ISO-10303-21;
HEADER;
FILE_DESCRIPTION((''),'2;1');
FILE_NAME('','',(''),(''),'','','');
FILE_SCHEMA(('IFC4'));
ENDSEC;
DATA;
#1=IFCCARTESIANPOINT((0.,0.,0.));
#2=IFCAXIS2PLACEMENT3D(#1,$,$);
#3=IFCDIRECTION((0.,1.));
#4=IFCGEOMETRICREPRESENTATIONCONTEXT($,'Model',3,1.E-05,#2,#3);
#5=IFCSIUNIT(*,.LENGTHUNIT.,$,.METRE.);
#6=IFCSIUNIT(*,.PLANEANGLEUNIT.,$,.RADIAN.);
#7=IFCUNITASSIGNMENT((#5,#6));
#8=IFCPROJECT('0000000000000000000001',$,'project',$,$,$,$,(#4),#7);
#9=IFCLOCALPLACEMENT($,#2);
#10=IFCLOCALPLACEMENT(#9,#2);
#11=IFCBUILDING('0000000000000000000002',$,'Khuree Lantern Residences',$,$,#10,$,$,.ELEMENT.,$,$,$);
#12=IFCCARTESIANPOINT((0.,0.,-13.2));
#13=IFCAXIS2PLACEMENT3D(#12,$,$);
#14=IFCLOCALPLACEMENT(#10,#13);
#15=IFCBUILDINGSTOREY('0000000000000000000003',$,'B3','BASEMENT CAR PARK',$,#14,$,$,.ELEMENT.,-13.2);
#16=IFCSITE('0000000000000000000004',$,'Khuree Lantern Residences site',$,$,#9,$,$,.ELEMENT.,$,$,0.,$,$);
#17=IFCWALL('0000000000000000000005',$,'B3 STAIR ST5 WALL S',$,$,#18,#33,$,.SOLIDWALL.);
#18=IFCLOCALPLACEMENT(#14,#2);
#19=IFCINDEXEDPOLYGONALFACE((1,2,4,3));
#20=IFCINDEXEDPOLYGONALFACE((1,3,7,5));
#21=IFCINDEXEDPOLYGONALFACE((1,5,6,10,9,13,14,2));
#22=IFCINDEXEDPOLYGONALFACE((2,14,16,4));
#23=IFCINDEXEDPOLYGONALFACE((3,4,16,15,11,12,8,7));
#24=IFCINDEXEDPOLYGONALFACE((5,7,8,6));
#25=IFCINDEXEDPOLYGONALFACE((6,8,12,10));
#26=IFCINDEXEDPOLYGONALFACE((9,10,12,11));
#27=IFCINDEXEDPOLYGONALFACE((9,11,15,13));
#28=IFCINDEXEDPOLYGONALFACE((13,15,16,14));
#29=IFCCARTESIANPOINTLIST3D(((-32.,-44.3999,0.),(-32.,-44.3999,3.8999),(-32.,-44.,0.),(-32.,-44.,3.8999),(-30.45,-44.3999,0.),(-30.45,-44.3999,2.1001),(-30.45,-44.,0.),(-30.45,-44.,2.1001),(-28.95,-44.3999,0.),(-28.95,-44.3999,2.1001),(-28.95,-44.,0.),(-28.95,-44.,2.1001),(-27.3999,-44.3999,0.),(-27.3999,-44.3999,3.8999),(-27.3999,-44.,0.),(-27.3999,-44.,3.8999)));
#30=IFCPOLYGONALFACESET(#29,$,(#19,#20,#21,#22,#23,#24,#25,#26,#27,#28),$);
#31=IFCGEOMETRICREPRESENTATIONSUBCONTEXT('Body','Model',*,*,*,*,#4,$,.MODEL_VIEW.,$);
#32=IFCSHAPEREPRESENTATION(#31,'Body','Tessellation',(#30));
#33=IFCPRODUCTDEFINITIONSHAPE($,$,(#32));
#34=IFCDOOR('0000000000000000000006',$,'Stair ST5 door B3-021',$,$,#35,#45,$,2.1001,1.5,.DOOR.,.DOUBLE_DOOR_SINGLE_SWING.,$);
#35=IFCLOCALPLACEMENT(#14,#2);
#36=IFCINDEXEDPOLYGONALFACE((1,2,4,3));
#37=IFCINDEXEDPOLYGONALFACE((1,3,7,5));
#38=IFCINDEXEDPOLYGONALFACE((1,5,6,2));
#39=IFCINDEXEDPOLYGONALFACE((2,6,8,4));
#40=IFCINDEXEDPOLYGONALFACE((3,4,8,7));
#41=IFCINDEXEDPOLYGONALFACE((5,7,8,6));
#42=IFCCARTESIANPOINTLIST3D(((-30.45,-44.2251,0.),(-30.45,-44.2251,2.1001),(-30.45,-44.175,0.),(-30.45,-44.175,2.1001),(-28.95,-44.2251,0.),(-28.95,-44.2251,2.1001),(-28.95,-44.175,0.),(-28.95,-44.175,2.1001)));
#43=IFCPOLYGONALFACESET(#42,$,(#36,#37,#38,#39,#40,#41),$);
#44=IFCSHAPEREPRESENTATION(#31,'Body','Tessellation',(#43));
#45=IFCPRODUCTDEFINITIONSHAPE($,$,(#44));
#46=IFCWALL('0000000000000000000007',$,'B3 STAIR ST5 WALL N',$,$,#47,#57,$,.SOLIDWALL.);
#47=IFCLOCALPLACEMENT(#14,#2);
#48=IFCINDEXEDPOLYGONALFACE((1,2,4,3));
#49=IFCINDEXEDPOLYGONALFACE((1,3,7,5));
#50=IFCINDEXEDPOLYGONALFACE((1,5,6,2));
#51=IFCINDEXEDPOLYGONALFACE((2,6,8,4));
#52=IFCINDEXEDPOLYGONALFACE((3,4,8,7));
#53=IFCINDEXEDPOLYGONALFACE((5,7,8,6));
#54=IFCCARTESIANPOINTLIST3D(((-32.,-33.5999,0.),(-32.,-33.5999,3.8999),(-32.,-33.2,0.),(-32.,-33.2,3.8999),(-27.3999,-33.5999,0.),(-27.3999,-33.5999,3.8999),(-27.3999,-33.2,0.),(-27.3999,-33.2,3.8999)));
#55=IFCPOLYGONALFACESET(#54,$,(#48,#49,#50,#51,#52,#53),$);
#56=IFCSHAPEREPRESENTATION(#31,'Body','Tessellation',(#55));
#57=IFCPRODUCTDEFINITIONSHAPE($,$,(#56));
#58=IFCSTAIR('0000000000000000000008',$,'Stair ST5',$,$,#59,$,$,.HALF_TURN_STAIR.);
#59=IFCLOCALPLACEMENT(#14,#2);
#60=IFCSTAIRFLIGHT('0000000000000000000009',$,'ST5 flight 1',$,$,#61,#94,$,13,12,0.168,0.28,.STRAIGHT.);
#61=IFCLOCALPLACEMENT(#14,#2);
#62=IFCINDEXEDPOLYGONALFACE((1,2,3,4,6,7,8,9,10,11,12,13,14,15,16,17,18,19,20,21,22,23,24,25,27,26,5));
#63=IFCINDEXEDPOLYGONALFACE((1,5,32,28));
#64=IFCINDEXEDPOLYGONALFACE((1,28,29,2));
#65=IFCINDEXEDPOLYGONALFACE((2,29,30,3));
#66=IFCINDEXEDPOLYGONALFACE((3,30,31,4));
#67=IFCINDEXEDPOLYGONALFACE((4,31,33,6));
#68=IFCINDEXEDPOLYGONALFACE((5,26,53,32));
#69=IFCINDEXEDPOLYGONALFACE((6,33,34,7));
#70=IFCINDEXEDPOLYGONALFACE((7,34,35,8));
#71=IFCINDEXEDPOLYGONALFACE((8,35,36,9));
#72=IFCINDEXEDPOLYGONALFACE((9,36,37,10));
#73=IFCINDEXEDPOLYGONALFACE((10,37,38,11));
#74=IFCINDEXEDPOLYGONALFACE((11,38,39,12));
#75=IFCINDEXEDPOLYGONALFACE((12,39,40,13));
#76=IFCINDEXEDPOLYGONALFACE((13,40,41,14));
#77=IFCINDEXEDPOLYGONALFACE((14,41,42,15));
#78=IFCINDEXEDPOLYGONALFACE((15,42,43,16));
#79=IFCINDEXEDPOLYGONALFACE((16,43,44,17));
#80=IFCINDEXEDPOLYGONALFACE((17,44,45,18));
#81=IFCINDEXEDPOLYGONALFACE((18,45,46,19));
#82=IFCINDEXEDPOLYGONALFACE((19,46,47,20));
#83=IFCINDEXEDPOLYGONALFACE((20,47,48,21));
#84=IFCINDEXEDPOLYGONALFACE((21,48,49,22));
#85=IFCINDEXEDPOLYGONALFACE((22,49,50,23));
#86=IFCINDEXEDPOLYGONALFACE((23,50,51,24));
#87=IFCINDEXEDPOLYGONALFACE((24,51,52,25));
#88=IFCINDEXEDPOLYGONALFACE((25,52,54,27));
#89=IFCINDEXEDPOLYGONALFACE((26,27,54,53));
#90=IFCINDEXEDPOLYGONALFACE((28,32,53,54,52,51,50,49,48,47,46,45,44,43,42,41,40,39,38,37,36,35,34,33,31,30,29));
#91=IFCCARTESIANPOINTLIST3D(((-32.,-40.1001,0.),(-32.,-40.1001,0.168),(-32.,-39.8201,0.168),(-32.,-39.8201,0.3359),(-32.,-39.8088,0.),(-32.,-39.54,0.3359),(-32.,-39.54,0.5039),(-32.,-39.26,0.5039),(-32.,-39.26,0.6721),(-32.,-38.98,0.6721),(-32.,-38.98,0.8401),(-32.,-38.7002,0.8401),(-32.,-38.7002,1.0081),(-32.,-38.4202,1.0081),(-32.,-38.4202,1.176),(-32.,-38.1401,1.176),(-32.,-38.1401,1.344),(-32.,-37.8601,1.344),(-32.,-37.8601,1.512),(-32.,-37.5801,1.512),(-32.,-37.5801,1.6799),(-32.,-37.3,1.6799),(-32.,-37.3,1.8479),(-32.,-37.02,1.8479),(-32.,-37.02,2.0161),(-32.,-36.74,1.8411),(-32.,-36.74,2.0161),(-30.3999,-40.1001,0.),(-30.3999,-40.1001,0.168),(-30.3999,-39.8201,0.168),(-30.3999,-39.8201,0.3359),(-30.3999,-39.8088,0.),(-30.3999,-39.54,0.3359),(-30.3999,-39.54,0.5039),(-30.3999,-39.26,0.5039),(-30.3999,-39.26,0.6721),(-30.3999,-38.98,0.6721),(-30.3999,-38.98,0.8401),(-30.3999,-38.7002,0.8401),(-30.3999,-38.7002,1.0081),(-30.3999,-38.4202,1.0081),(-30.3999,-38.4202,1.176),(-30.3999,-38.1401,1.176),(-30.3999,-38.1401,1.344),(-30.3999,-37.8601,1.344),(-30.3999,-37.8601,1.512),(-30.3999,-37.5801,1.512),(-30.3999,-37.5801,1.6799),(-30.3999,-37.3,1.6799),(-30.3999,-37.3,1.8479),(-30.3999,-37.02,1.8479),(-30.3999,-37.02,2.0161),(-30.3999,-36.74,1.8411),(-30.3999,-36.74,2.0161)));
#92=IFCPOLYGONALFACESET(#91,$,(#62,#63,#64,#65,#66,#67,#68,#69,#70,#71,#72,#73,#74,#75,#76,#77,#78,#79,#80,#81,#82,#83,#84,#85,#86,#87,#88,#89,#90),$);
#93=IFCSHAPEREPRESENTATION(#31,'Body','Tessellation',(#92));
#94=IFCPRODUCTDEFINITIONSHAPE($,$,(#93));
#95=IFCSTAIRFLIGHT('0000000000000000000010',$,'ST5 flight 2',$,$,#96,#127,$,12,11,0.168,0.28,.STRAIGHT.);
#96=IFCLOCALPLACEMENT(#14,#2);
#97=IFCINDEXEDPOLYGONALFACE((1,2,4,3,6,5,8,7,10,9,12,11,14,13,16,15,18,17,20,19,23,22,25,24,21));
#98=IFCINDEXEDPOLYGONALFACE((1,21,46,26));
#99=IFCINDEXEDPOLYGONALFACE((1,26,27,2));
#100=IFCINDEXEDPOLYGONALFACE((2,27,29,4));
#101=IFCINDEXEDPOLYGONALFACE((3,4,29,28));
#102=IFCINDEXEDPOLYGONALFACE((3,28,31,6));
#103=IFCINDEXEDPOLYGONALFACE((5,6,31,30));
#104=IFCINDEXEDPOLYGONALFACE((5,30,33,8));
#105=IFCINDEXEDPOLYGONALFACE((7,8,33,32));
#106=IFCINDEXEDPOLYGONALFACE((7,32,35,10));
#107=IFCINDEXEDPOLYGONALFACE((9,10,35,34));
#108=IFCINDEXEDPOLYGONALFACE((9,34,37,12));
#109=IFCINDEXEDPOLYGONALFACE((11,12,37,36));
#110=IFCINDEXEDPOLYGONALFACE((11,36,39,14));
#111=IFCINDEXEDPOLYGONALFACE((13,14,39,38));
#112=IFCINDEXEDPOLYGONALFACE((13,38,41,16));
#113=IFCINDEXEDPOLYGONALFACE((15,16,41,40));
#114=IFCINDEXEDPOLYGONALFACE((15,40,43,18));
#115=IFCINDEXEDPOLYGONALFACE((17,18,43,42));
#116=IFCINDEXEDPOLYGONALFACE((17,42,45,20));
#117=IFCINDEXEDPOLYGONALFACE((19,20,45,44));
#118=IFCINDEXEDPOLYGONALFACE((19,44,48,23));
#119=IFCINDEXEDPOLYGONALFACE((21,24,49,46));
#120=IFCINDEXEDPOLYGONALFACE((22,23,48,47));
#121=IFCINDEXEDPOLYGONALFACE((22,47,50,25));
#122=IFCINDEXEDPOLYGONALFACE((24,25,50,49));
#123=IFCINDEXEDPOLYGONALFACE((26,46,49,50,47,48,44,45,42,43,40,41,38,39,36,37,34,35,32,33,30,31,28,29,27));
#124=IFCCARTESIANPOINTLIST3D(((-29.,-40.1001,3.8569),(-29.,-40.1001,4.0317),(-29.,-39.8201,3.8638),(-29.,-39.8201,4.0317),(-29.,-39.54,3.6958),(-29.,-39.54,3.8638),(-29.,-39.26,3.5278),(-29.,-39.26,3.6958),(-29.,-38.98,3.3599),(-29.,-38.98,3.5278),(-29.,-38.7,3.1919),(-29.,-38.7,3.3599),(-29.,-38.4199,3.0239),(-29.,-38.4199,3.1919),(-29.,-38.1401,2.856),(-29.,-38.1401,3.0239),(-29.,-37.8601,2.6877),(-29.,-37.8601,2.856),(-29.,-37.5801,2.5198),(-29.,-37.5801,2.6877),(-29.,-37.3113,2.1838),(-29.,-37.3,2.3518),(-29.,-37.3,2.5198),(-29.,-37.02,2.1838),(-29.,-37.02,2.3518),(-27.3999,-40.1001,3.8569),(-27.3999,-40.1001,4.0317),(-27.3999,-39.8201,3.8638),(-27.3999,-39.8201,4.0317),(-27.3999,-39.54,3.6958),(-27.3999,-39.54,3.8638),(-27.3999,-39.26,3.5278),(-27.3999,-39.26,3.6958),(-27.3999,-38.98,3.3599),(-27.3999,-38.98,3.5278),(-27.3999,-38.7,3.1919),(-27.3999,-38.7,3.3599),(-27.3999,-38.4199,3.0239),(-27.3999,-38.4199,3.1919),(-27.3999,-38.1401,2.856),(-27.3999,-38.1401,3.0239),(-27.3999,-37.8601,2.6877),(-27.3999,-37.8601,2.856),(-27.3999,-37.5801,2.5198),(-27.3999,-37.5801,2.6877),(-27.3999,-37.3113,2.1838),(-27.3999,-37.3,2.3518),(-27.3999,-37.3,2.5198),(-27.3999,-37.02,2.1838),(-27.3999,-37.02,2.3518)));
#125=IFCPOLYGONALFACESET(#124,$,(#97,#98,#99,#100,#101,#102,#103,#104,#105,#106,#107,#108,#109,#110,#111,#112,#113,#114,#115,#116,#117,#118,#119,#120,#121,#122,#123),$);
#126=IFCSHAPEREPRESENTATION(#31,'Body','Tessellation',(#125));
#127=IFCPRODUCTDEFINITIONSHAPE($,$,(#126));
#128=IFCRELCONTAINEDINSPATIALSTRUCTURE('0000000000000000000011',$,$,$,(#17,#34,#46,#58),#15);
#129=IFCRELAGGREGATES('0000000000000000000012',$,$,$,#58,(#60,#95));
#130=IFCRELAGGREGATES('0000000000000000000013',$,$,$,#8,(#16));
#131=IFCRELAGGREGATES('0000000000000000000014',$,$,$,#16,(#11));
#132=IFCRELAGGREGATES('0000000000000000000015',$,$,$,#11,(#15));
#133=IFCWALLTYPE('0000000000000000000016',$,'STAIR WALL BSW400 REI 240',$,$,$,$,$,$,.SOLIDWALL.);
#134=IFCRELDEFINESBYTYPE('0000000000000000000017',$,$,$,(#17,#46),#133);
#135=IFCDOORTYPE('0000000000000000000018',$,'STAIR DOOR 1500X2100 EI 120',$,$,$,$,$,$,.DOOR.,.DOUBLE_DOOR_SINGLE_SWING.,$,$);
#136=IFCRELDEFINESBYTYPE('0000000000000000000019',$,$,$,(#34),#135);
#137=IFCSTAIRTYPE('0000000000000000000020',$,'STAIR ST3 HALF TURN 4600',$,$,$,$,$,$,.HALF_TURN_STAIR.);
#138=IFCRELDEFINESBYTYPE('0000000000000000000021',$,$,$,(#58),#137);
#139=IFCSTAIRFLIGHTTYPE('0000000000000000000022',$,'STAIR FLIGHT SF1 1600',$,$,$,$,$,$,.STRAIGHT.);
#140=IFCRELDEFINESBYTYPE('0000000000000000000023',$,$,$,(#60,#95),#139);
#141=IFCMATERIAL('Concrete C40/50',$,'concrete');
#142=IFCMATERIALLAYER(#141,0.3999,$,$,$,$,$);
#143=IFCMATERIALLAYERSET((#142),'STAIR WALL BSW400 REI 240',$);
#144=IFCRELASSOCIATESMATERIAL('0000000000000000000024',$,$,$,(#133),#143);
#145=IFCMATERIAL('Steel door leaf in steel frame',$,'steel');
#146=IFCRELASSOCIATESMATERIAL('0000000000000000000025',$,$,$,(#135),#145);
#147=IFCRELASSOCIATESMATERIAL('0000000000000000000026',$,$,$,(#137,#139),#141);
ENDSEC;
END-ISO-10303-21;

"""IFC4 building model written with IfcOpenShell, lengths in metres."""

from ifc_helpers import new_model, si_unit, direction, frame, frame_2d, origin, place, context, subcontext, project, spatial, polyline, rectangle, outline, extrude, material, layer, layer_set, type_object, element, fill, aggregate, save


model = new_model("IFC4")

# Units and contexts
model_context = context("Model", 3, precision=1e-05, world=origin(), true_north=direction((0.0, 1.0)))
body_context = subcontext(model_context, "Body", "Model", "MODEL_VIEW")
ifc_project = project(units=[si_unit("LENGTHUNIT", "METRE"), si_unit("PLANEANGLEUNIT", "RADIAN")], contexts=[model_context])

# Site, building, storey
site_placement = place(None, origin())
site = spatial("IfcSite", under=ifc_project, at=site_placement, Name="Khuree Lantern Residences site", CompositionType="ELEMENT", RefElevation=0.0)
building_placement = place(site_placement, origin())
building = spatial("IfcBuilding", under=site, at=building_placement, Name="Khuree Lantern Residences", CompositionType="ELEMENT")
storey_placement = place(building_placement, frame((0.0, 0.0, -13.2)))
storey = spatial("IfcBuildingStorey", under=building, at=storey_placement, Name="B3", Description="BASEMENT CAR PARK", CompositionType="ELEMENT", Elevation=-13.2)

# Shared definitions
ifc_material_1 = material(Name="Concrete C40/50", Category="concrete")

# Shared definitions
ifc_layer_1 = layer(ifc_material_1, 0.3999)
ifc_layer_set_1 = layer_set([ifc_layer_1], Name="STAIR WALL BSW400 REI 240")
wall_type_1 = type_object("IfcWallType", Name="STAIR WALL BSW400 REI 240", PredefinedType="SOLIDWALL", material=ifc_layer_set_1)

# Wall, opening, door
wall_1_placement = place(storey_placement, frame((-32.0, -44.2, 0.0), z_axis=(0.0, 0.0, 1.0), x_axis=(1.0, 0.0, 0.0)))
wall_1 = element("IfcWall", 1, at=wall_1_placement, inside=storey, type_object=wall_type_1, Name="B3 STAIR ST5 WALL S", PredefinedType="SOLIDWALL", context=body_context, shape_type="SweptSolid", body=[
    extrude(rectangle(XDim=4.6001, YDim=0.3999, at=frame_2d((2.3, 0.0))), origin(), (0.0, 0.0, 1.0), 3.8999),
])
opening_1_placement = place(wall_1_placement, frame((1.55, 0.0, 0.0)))
opening_1 = element("IfcOpeningElement", 2, at=opening_1_placement, cuts=wall_1, PredefinedType="OPENING", context=body_context, shape_type="SweptSolid", body=[
    extrude(rectangle(XDim=1.5, YDim=2.1001, at=frame_2d((0.75, 1.05))), frame((0.0, 0.21, 0.0), z_axis=(0.0, -1.0, 0.0), x_axis=(1.0, 0.0, 0.0)), (0.0, 0.0, 1.0), 0.4199),
])
ifc_material_2 = material(Name="Steel door leaf in steel frame", Category="steel")
door_type_1 = type_object("IfcDoorType", Name="STAIR DOOR 1500X2100 EI 120", OperationType="DOUBLE_DOOR_SINGLE_SWING", PredefinedType="DOOR", material=ifc_material_2)
door_1_placement = place(opening_1_placement, origin())
door_1 = element("IfcDoor", 3, at=door_1_placement, inside=storey, type_object=door_type_1, Name="Stair ST5 door B3-021", OperationType="DOUBLE_DOOR_SINGLE_SWING", OverallHeight=2.1001, OverallWidth=1.5, PredefinedType="DOOR", context=body_context, shape_type="SweptSolid", body=[
    extrude(rectangle(XDim=1.5, YDim=2.1001, at=frame_2d((0.75, 1.05))), frame((0.0, 0.0249, 0.0), z_axis=(0.0, -1.0, 0.0), x_axis=(1.0, 0.0, 0.0)), (0.0, 0.0, 1.0), 0.05),
])
fill(opening_1, door_1)

# Wall
wall_2_placement = place(storey_placement, frame((-32.0, -33.3999, 0.0), z_axis=(0.0, 0.0, 1.0), x_axis=(1.0, 0.0, 0.0)))
element("IfcWall", 4, at=wall_2_placement, inside=storey, type_object=wall_type_1, Name="B3 STAIR ST5 WALL N", PredefinedType="SOLIDWALL", context=body_context, shape_type="SweptSolid", body=[
    extrude(rectangle(XDim=4.6001, YDim=0.3999, at=frame_2d((2.3, 0.0))), origin(), (0.0, 0.0, 1.0), 3.8999),
])

# Stair, stair flights
stair_type = type_object("IfcStairType", Name="STAIR ST3 HALF TURN 4600", PredefinedType="HALF_TURN_STAIR", material=ifc_material_1)
stair_placement = place(storey_placement, origin())
stair = element("IfcStair", 5, at=stair_placement, inside=storey, type_object=stair_type, Name="Stair ST5", PredefinedType="HALF_TURN_STAIR")
stair_flight_type = type_object("IfcStairFlightType", Name="STAIR FLIGHT SF1 1600", PredefinedType="STRAIGHT", material=ifc_material_1)
stair_flight_1_placement = place(storey_placement, frame((-31.2, -40.1001, 0.0), z_axis=(0.0, 0.0, 1.0), x_axis=(0.0, 1.0, 0.0)))
stair_flight_1 = element("IfcStairFlight", 6, at=stair_flight_1_placement, type_object=stair_flight_type, Name="ST5 flight 1", NumberOfRisers=13, NumberOfTreads=12, PredefinedType="STRAIGHT", RiserHeight=0.168, TreadLength=0.28, context=body_context, shape_type="SweptSolid", body=[
    extrude(outline(polyline([(0.0, 0.0), (0.0, 0.168), (0.28, 0.168), (0.28, 0.3359), (0.5601, 0.3359), (0.5601, 0.5039), (0.8401, 0.5039), (0.8401, 0.6721), (1.1201, 0.6721), (1.1201, 0.8401), (1.3999, 0.8401), (1.3999, 1.0081), (1.6799, 1.0081), (1.6799, 1.176), (1.96, 1.176), (1.96, 1.344), (2.24, 1.344), (2.24, 1.512), (2.52, 1.512), (2.52, 1.6799), (2.8, 1.6799), (2.8, 1.8479), (3.0801, 1.8479), (3.0801, 2.0161), (3.3601, 2.0161), (3.3601, 2.1841), (3.3601, 1.8411), (0.2913, 0.0), (0.0, 0.0)])), frame((0.0, 0.8, 0.0), z_axis=(0.0, -1.0, 0.0), x_axis=(1.0, 0.0, 0.0)), (0.0, 0.0, 1.0), 1.6001),
])
stair_flight_2_placement = place(storey_placement, frame((-28.2, -37.02, 2.1838), z_axis=(0.0, 0.0, 1.0), x_axis=(0.0, -1.0, 0.0)))
stair_flight_2 = element("IfcStairFlight", 7, at=stair_flight_2_placement, type_object=stair_flight_type, Name="ST5 flight 2", NumberOfRisers=12, NumberOfTreads=11, PredefinedType="STRAIGHT", RiserHeight=0.168, TreadLength=0.28, context=body_context, shape_type="SweptSolid", body=[
    extrude(outline(polyline([(0.0, 0.0), (0.0, 0.168), (0.28, 0.168), (0.28, 0.3359), (0.5601, 0.3359), (0.5601, 0.5039), (0.8401, 0.5039), (0.8401, 0.6721), (1.1201, 0.6721), (1.1201, 0.8401), (1.3999, 0.8401), (1.3999, 1.0081), (1.6799, 1.0081), (1.6799, 1.176), (1.96, 1.176), (1.96, 1.344), (2.24, 1.344), (2.24, 1.512), (2.52, 1.512), (2.52, 1.6799), (2.8, 1.6799), (2.8, 1.8479), (3.0801, 1.8479), (3.0801, 2.0161), (3.0801, 1.6731), (0.2913, 0.0), (0.0, 0.0)])), frame((0.0, 0.8, 0.0), z_axis=(0.0, -1.0, 0.0), x_axis=(1.0, 0.0, 0.0)), (0.0, 0.0, 1.0), 1.6001),
])
aggregate(stair, [stair_flight_1, stair_flight_2])

save(model, "model.ifc")
